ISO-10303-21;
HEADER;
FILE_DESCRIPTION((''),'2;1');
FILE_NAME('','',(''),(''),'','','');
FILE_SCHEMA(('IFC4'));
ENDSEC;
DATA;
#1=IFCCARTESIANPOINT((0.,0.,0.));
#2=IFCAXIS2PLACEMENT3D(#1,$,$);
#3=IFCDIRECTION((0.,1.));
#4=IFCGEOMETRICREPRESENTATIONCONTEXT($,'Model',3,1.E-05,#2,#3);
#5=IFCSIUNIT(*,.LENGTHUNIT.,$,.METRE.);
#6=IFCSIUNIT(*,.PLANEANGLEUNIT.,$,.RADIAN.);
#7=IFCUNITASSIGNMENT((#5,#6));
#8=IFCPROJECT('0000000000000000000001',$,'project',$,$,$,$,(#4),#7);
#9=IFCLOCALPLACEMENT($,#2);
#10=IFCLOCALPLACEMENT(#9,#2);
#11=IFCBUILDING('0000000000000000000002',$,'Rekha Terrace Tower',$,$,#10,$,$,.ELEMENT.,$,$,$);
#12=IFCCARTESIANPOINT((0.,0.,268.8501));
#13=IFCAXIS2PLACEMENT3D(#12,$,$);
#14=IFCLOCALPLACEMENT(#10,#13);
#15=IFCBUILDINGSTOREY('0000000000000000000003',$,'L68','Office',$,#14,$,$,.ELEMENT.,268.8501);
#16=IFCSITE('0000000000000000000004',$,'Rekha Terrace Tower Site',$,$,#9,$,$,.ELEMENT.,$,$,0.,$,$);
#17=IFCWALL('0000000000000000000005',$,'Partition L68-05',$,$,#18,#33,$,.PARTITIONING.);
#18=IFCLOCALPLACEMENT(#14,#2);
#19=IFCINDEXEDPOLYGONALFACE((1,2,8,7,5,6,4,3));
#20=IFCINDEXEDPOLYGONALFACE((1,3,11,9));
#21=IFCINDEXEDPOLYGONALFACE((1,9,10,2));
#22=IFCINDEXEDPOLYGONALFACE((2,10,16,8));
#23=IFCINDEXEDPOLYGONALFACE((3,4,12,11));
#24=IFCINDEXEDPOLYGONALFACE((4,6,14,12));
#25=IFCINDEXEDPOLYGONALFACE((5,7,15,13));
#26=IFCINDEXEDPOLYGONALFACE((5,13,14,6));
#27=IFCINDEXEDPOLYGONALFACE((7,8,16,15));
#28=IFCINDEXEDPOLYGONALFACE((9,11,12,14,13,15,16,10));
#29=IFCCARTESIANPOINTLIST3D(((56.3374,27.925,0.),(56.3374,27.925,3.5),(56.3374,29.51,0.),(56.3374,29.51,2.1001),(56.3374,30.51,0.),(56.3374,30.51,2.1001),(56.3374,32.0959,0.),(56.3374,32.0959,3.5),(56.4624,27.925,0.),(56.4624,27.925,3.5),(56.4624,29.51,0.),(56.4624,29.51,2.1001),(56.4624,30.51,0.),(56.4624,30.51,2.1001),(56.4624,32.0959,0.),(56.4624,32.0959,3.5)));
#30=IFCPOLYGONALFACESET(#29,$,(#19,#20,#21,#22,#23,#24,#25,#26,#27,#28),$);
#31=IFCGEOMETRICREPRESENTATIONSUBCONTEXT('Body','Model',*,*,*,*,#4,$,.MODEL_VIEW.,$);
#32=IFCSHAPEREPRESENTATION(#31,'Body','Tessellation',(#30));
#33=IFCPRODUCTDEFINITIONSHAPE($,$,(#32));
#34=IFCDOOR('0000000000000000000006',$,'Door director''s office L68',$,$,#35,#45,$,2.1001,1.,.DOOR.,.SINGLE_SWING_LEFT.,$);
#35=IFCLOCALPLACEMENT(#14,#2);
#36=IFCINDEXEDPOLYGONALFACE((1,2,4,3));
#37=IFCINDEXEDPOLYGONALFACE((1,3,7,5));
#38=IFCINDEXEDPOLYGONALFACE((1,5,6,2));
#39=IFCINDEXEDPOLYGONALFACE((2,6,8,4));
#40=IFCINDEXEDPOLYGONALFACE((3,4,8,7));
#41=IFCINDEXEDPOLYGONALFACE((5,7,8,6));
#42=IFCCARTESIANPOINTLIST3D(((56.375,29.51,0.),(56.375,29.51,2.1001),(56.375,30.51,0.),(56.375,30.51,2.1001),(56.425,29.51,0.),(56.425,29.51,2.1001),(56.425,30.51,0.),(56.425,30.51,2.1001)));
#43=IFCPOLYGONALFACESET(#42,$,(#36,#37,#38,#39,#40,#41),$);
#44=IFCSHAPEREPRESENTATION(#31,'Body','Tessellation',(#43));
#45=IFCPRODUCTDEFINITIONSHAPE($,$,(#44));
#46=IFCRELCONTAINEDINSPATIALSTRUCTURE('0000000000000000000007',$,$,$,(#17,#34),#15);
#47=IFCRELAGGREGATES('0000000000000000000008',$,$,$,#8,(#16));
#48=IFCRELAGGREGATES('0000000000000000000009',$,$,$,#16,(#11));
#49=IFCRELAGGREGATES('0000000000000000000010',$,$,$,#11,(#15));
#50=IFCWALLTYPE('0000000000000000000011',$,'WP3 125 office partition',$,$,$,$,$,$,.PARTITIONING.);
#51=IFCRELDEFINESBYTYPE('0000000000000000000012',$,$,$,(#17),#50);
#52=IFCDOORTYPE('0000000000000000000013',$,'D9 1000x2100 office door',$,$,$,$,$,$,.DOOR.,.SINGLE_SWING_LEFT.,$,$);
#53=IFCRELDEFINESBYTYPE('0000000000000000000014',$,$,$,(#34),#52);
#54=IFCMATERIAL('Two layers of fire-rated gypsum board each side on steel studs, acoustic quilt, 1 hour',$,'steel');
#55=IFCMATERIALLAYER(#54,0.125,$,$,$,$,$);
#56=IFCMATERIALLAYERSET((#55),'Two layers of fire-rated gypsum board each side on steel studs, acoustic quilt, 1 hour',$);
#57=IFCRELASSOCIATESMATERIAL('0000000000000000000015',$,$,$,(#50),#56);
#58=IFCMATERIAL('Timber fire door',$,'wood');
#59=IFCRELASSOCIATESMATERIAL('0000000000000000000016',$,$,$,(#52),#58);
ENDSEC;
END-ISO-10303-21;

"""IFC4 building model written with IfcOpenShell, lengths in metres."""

from ifc_helpers import new_model, si_unit, direction, frame, frame_2d, origin, place, context, subcontext, project, spatial, rectangle, extrude, material, layer, layer_set, type_object, element, fill, save


model = new_model("IFC4")

# Units and contexts
model_context = context("Model", 3, precision=1e-05, world=origin(), true_north=direction((0.0, 1.0)))
body_context = subcontext(model_context, "Body", "Model", "MODEL_VIEW")
ifc_project = project(units=[si_unit("LENGTHUNIT", "METRE"), si_unit("PLANEANGLEUNIT", "RADIAN")], contexts=[model_context])

# Site, building, storey
site_placement = place(None, origin())
site = spatial("IfcSite", under=ifc_project, at=site_placement, Name="Rekha Terrace Tower Site", CompositionType="ELEMENT", RefElevation=0.0)
building_placement = place(site_placement, origin())
building = spatial("IfcBuilding", under=site, at=building_placement, Name="Rekha Terrace Tower", CompositionType="ELEMENT")
storey_placement = place(building_placement, frame((0.0, 0.0, 268.8501)))
storey = spatial("IfcBuildingStorey", under=building, at=storey_placement, Name="L68", Description="Office", CompositionType="ELEMENT", Elevation=268.8501)

# Shared definitions
ifc_material_1 = material(Name="Two layers of fire-rated gypsum board each side on steel studs, acoustic quilt, 1 hour", Category="steel")
ifc_layer_1 = layer(ifc_material_1, 0.125)
ifc_layer_set_1 = layer_set([ifc_layer_1], Name="Two layers of fire-rated gypsum board each side on steel studs, acoustic quilt, 1 hour")
wall_type_1 = type_object("IfcWallType", Name="WP3 125 office partition", PredefinedType="PARTITIONING", material=ifc_layer_set_1)

# Wall, opening, door
wall_1_placement = place(storey_placement, frame((56.3999, 27.925, 0.0), z_axis=(0.0, 0.0, 1.0), x_axis=(0.0, 1.0, 0.0)))
wall_1 = element("IfcWall", 1, at=wall_1_placement, inside=storey, type_object=wall_type_1, Name="Partition L68-05", PredefinedType="PARTITIONING", context=body_context, shape_type="SweptSolid", body=[
    extrude(rectangle(XDim=4.1709, YDim=0.125, at=frame_2d((2.0854, 0.0))), origin(), (0.0, 0.0, 1.0), 3.5),
])
opening_placement = place(wall_1_placement, frame((1.585, 0.0, 0.0)))
opening = element("IfcOpeningElement", 2, at=opening_placement, cuts=wall_1, PredefinedType="OPENING", context=body_context, shape_type="SweptSolid", body=[
    extrude(rectangle(XDim=1.0, YDim=2.1001, at=frame_2d((0.5, 1.05))), frame((0.0, 0.0725, 0.0), z_axis=(0.0, -1.0, 0.0), x_axis=(1.0, 0.0, 0.0)), (0.0, 0.0, 1.0), 0.145),
])
ifc_material_2 = material(Name="Timber fire door", Category="wood")
door_type = type_object("IfcDoorType", Name="D9 1000x2100 office door", OperationType="SINGLE_SWING_LEFT", PredefinedType="DOOR", material=ifc_material_2)
door_placement = place(opening_placement, origin())
door = element("IfcDoor", 3, at=door_placement, inside=storey, type_object=door_type, Name="Door director's office L68", OperationType="SINGLE_SWING_LEFT", OverallHeight=2.1001, OverallWidth=1.0, PredefinedType="DOOR", context=body_context, shape_type="SweptSolid", body=[
    extrude(rectangle(XDim=1.0, YDim=2.1001, at=frame_2d((0.5, 1.05))), frame((0.0, 0.0249, 0.0), z_axis=(0.0, -1.0, 0.0), x_axis=(1.0, 0.0, 0.0)), (0.0, 0.0, 1.0), 0.05),
])
fill(opening, door)

save(model, "model.ifc")
